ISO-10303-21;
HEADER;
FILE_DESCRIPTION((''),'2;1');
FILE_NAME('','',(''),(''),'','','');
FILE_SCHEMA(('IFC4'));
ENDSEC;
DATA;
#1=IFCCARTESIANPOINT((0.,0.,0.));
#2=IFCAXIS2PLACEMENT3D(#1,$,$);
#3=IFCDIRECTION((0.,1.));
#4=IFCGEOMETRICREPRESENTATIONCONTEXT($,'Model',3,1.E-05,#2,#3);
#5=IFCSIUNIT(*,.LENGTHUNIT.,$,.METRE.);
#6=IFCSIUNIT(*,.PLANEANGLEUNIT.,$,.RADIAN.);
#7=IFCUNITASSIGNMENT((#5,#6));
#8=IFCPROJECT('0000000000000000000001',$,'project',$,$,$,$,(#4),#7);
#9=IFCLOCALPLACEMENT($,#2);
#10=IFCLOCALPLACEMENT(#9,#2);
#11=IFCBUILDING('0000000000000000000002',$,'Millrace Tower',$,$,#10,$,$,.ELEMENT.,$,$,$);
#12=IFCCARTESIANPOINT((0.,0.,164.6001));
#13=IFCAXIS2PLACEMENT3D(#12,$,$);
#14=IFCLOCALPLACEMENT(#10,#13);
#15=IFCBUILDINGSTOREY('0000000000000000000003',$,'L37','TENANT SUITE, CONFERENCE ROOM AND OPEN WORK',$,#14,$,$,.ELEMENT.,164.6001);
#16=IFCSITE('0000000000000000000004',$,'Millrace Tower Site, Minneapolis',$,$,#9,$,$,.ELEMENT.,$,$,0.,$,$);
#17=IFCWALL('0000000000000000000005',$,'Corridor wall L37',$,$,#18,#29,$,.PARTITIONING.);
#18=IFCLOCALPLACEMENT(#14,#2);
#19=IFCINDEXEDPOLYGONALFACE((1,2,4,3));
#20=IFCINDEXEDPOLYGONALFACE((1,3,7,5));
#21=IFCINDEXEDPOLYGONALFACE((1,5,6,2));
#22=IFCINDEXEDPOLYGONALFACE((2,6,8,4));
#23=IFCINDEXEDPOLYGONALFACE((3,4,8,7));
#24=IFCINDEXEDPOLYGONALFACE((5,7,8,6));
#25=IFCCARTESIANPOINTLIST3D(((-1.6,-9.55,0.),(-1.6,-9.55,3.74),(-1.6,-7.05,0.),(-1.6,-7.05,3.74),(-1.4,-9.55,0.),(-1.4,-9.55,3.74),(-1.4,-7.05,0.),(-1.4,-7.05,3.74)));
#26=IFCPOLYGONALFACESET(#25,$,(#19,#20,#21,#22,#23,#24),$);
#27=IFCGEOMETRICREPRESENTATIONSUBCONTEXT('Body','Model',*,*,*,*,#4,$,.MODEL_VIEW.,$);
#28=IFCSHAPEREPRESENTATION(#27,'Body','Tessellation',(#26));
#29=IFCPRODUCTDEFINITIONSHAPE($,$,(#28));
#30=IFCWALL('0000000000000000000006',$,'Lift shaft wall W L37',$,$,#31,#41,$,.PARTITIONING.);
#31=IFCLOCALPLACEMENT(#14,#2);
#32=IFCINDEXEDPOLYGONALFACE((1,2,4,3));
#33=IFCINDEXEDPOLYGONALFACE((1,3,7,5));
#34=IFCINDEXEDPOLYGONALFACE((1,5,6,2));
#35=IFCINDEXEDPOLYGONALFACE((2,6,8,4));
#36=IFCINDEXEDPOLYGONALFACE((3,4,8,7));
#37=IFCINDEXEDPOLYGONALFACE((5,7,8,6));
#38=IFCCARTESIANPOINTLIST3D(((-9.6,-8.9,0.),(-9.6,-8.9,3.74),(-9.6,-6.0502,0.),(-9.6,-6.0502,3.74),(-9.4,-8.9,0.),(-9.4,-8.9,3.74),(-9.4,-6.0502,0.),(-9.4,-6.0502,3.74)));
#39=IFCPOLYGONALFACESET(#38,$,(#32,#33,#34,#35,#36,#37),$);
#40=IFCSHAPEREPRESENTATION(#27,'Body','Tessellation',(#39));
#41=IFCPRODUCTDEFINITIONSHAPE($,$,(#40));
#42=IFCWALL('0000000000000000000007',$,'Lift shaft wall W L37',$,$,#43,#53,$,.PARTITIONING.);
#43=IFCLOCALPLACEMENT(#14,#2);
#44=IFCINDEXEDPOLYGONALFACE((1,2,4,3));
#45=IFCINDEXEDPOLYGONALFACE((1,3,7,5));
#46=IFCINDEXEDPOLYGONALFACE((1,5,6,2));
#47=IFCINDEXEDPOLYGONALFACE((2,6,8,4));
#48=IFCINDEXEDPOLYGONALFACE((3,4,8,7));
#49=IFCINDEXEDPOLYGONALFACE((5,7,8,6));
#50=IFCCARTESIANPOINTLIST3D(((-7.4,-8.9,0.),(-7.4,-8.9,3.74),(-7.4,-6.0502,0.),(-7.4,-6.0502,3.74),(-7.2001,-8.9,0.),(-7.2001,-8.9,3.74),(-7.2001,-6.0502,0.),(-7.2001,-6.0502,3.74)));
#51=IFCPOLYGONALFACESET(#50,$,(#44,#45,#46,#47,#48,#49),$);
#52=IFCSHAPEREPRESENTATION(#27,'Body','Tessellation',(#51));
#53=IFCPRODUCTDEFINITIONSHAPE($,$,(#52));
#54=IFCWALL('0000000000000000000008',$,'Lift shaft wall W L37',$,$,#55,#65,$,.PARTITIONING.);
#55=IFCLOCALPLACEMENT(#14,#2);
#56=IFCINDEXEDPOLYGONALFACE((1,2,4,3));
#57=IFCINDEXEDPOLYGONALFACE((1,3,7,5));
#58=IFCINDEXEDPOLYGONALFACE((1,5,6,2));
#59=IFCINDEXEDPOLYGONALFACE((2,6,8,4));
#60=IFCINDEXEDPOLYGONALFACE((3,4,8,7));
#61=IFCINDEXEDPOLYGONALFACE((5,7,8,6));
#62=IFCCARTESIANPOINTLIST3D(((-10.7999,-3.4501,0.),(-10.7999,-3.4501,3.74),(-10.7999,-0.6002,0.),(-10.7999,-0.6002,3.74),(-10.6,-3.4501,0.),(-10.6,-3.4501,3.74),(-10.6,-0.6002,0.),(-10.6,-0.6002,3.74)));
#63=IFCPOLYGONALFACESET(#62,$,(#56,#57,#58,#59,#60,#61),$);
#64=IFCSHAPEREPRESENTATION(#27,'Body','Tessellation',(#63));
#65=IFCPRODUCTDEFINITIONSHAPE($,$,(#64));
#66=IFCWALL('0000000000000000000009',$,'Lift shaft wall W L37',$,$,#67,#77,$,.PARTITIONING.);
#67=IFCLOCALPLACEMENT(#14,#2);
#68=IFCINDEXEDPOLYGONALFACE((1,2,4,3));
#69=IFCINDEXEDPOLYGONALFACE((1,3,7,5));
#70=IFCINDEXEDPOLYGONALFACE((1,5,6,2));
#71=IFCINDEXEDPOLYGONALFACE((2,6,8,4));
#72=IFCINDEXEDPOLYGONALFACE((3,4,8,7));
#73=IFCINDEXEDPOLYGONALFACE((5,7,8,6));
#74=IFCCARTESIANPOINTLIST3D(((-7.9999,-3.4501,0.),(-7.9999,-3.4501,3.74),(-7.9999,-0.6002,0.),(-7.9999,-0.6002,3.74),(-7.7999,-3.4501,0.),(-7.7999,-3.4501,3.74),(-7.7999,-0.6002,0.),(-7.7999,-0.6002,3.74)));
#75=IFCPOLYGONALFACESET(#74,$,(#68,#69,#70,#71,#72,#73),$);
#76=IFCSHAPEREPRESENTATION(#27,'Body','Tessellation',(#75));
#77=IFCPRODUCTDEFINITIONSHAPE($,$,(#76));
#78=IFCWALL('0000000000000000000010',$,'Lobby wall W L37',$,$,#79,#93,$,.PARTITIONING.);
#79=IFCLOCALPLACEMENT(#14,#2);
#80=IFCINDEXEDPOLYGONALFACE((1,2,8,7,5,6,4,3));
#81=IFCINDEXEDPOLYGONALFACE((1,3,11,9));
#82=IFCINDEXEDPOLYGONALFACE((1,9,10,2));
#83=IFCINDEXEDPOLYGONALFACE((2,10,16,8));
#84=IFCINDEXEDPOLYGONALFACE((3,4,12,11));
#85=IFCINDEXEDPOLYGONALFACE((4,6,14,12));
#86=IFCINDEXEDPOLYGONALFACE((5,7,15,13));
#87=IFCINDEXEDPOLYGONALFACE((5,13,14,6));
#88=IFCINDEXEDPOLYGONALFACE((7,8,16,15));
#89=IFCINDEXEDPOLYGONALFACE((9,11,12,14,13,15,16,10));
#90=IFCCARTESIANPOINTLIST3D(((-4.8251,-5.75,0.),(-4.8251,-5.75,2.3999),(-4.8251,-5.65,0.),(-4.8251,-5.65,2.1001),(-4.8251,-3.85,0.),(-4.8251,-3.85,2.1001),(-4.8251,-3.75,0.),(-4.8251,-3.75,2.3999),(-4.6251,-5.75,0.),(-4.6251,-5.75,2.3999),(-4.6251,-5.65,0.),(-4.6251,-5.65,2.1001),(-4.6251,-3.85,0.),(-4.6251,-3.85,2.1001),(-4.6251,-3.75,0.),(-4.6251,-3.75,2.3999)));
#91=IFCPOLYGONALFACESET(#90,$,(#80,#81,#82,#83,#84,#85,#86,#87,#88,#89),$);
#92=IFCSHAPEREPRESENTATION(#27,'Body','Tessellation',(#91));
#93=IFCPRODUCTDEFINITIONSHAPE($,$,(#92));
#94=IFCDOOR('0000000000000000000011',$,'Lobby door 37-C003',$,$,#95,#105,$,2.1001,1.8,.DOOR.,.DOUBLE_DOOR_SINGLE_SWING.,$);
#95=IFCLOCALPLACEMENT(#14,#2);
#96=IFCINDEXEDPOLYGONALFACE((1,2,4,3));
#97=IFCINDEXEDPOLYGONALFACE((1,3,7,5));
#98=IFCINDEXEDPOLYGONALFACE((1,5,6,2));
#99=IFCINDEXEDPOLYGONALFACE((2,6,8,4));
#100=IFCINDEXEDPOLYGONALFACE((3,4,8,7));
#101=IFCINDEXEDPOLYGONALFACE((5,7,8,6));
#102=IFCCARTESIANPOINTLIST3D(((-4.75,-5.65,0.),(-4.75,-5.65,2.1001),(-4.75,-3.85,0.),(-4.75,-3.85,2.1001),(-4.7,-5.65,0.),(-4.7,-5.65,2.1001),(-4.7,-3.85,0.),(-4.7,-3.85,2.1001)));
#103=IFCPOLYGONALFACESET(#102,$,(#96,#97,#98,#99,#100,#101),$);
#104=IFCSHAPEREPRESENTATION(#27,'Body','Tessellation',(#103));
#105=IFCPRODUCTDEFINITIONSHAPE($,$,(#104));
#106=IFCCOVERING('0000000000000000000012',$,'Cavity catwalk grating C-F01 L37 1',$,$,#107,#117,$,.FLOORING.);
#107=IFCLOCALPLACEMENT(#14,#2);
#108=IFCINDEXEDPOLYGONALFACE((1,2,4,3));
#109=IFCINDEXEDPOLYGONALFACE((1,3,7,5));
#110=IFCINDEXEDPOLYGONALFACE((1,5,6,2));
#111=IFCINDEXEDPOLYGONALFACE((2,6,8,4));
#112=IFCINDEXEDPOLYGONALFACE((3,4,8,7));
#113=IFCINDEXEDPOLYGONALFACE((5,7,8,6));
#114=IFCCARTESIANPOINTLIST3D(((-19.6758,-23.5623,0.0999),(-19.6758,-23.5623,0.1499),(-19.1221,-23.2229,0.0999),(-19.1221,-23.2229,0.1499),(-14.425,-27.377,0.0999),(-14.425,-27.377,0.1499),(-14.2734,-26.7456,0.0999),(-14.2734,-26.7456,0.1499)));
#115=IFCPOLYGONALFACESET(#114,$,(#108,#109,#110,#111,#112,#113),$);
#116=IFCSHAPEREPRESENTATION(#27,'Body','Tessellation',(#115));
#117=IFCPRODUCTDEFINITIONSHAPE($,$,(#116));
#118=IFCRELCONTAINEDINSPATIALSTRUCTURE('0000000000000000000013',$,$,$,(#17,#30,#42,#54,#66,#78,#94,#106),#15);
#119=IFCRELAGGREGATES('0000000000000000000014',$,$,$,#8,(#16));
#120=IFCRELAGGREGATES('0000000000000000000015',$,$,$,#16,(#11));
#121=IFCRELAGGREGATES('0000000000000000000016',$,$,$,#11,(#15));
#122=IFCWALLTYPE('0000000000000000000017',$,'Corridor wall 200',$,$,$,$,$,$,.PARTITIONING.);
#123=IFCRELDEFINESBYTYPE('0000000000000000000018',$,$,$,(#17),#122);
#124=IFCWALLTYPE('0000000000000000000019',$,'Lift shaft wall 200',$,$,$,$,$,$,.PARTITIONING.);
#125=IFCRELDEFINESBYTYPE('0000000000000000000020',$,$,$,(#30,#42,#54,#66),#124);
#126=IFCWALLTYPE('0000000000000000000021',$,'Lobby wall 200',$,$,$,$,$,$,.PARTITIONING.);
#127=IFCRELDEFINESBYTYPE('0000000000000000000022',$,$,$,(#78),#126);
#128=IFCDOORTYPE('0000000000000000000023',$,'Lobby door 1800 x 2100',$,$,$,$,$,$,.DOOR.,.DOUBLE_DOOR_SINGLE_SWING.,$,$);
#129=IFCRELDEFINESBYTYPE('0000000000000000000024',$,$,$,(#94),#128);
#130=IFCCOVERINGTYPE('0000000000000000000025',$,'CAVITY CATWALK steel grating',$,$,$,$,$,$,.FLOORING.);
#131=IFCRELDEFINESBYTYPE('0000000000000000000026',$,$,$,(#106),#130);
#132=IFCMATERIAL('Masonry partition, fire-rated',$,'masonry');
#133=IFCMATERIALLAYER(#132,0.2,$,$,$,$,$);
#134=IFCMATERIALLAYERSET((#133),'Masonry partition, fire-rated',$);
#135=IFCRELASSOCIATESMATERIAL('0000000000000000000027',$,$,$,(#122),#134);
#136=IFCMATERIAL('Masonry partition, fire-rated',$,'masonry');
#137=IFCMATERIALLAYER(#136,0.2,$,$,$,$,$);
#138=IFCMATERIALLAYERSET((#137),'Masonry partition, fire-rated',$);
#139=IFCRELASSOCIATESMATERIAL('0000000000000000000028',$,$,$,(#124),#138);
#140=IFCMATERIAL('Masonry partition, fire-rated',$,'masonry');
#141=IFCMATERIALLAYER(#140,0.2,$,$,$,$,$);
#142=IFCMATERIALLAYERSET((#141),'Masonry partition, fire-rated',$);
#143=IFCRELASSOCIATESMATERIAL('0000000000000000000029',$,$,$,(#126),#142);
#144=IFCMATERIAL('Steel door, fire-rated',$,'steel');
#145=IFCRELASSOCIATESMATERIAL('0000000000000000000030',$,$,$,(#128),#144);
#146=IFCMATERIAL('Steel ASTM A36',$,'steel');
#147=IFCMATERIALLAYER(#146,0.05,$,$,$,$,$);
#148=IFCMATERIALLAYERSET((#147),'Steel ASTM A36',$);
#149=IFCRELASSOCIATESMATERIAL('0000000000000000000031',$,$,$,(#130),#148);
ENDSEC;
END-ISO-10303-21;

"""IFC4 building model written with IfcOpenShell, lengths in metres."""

from ifc_helpers import new_model, si_unit, direction, frame, frame_2d, origin, place, context, subcontext, project, spatial, polyline, rectangle, outline, extrude, material, layer, layer_set, type_object, element, fill, save


model = new_model("IFC4")

# Units and contexts
model_context = context("Model", 3, precision=1e-05, world=origin(), true_north=direction((0.0, 1.0)))
body_context = subcontext(model_context, "Body", "Model", "MODEL_VIEW")
ifc_project = project(units=[si_unit("LENGTHUNIT", "METRE"), si_unit("PLANEANGLEUNIT", "RADIAN")], contexts=[model_context])

# Site, building, storey
site_placement = place(None, origin())
site = spatial("IfcSite", under=ifc_project, at=site_placement, Name="Millrace Tower Site, Minneapolis", CompositionType="ELEMENT", RefElevation=0.0)
building_placement = place(site_placement, origin())
building = spatial("IfcBuilding", under=site, at=building_placement, Name="Millrace Tower", CompositionType="ELEMENT")
storey_placement = place(building_placement, frame((0.0, 0.0, 164.6001)))
storey = spatial("IfcBuildingStorey", under=building, at=storey_placement, Name="L37", Description="TENANT SUITE, CONFERENCE ROOM AND OPEN WORK", CompositionType="ELEMENT", Elevation=164.6001)

# Shared definitions
ifc_material_1 = material(Name="Masonry partition, fire-rated", Category="masonry")
ifc_layer_1 = layer(ifc_material_1, 0.2)
ifc_layer_set_1 = layer_set([ifc_layer_1], Name="Masonry partition, fire-rated")
wall_type_1 = type_object("IfcWallType", Name="Corridor wall 200", PredefinedType="PARTITIONING", material=ifc_layer_set_1)

# Walls
wall_1_placement = place(storey_placement, frame((-1.5, -9.55, 0.0), z_axis=(0.0, 0.0, 1.0), x_axis=(0.0, 1.0, 0.0)))
element("IfcWall", 1, at=wall_1_placement, inside=storey, type_object=wall_type_1, Name="Corridor wall L37", PredefinedType="PARTITIONING", context=body_context, shape_type="SweptSolid", body=[
    extrude(rectangle(XDim=2.5, YDim=0.2, at=frame_2d((1.25, 0.0))), origin(), (0.0, 0.0, 1.0), 3.74),
])
ifc_material_2 = material(Name="Masonry partition, fire-rated", Category="masonry")
ifc_layer_2 = layer(ifc_material_2, 0.2)
ifc_layer_set_2 = layer_set([ifc_layer_2], Name="Masonry partition, fire-rated")
wall_type_2 = type_object("IfcWallType", Name="Lift shaft wall 200", PredefinedType="PARTITIONING", material=ifc_layer_set_2)
for number, where, z_axis, x_axis, name in (
    (2, (-9.5, -8.8999, 0.0), (0.0, 0.0, 1.0), (0.0, 1.0, 0.0), "Lift shaft wall W L37"),
    (3, (-7.3, -8.8999, 0.0), (0.0, 0.0, 1.0), (0.0, 1.0, 0.0), "Lift shaft wall W L37"),
    (4, (-10.7, -3.45, 0.0), (0.0, 0.0, 1.0), (0.0, 1.0, 0.0), "Lift shaft wall W L37"),
    (5, (-7.8999, -3.45, 0.0), (0.0, 0.0, 1.0), (0.0, 1.0, 0.0), "Lift shaft wall W L37"),
):
    element("IfcWall", number, at=place(storey_placement, frame(where, z_axis=z_axis, x_axis=x_axis)), inside=storey, type_object=wall_type_2, Name=name, PredefinedType="PARTITIONING", context=body_context, shape_type="SweptSolid", body=[
        extrude(rectangle(XDim=2.8499, YDim=0.2, at=frame_2d((1.4248, 0.0))), origin(), (0.0, 0.0, 1.0), 3.74),
    ])

# Wall, opening, door
ifc_material_3 = material(Name="Masonry partition, fire-rated", Category="masonry")
ifc_layer_3 = layer(ifc_material_3, 0.2)
ifc_layer_set_3 = layer_set([ifc_layer_3], Name="Masonry partition, fire-rated")
wall_type_3 = type_object("IfcWallType", Name="Lobby wall 200", PredefinedType="PARTITIONING", material=ifc_layer_set_3)
wall_2_placement = place(storey_placement, frame((-4.7251, -5.75, 0.0), z_axis=(0.0, 0.0, 1.0), x_axis=(0.0, 1.0, 0.0)))
wall_2 = element("IfcWall", 6, at=wall_2_placement, inside=storey, type_object=wall_type_3, Name="Lobby wall W L37", PredefinedType="PARTITIONING", context=body_context, shape_type="SweptSolid", body=[
    extrude(rectangle(XDim=2.0, YDim=0.2, at=frame_2d((1.0, 0.0))), origin(), (0.0, 0.0, 1.0), 2.3999),
])
opening_1_placement = place(wall_2_placement, frame((0.1001, 0.0, 0.0)))
opening_1 = element("IfcOpeningElement", 7, at=opening_1_placement, cuts=wall_2, PredefinedType="OPENING", context=body_context, shape_type="SweptSolid", body=[
    extrude(rectangle(XDim=1.8, YDim=2.1001, at=frame_2d((0.8999, 1.05))), frame((0.0, 0.1099, 0.0), z_axis=(0.0, -1.0, 0.0), x_axis=(1.0, 0.0, 0.0)), (0.0, 0.0, 1.0), 0.22),
])
ifc_material_4 = material(Name="Steel door, fire-rated", Category="steel")
door_type_1 = type_object("IfcDoorType", Name="Lobby door 1800 x 2100", OperationType="DOUBLE_DOOR_SINGLE_SWING", PredefinedType="DOOR", material=ifc_material_4)
door_1_placement = place(opening_1_placement, origin())
door_1 = element("IfcDoor", 8, at=door_1_placement, inside=storey, type_object=door_type_1, Name="Lobby door 37-C003", OperationType="DOUBLE_DOOR_SINGLE_SWING", OverallHeight=2.1001, OverallWidth=1.8, PredefinedType="DOOR", context=body_context, shape_type="SweptSolid", body=[
    extrude(rectangle(XDim=1.8, YDim=2.1001, at=frame_2d((0.8999, 1.05))), frame((0.0, 0.0249, 0.0), z_axis=(0.0, -1.0, 0.0), x_axis=(1.0, 0.0, 0.0)), (0.0, 0.0, 1.0), 0.05),
])
fill(opening_1, door_1)

# Covering
ifc_material_5 = material(Name="Steel ASTM A36", Category="steel")
ifc_layer_4 = layer(ifc_material_5, 0.05)
ifc_layer_set_4 = layer_set([ifc_layer_4], Name="Steel ASTM A36")
covering_type = type_object("IfcCoveringType", Name="CAVITY CATWALK steel grating", PredefinedType="FLOORING", material=ifc_layer_set_4)
covering_placement = place(storey_placement, frame((0.0, 0.0, 0.0999)))
element("IfcCovering", 9, at=covering_placement, inside=storey, type_object=covering_type, Name="Cavity catwalk grating C-F01 L37 1", PredefinedType="FLOORING", context=body_context, shape_type="SweptSolid", body=[
    extrude(outline(polyline([(-19.6758, -23.5623), (-14.425, -27.377), (-14.2734, -26.7456), (-19.1221, -23.2229), (-19.6758, -23.5623)])), origin(), (0.0, 0.0, 1.0), 0.05),
])

save(model, "model.ifc")
